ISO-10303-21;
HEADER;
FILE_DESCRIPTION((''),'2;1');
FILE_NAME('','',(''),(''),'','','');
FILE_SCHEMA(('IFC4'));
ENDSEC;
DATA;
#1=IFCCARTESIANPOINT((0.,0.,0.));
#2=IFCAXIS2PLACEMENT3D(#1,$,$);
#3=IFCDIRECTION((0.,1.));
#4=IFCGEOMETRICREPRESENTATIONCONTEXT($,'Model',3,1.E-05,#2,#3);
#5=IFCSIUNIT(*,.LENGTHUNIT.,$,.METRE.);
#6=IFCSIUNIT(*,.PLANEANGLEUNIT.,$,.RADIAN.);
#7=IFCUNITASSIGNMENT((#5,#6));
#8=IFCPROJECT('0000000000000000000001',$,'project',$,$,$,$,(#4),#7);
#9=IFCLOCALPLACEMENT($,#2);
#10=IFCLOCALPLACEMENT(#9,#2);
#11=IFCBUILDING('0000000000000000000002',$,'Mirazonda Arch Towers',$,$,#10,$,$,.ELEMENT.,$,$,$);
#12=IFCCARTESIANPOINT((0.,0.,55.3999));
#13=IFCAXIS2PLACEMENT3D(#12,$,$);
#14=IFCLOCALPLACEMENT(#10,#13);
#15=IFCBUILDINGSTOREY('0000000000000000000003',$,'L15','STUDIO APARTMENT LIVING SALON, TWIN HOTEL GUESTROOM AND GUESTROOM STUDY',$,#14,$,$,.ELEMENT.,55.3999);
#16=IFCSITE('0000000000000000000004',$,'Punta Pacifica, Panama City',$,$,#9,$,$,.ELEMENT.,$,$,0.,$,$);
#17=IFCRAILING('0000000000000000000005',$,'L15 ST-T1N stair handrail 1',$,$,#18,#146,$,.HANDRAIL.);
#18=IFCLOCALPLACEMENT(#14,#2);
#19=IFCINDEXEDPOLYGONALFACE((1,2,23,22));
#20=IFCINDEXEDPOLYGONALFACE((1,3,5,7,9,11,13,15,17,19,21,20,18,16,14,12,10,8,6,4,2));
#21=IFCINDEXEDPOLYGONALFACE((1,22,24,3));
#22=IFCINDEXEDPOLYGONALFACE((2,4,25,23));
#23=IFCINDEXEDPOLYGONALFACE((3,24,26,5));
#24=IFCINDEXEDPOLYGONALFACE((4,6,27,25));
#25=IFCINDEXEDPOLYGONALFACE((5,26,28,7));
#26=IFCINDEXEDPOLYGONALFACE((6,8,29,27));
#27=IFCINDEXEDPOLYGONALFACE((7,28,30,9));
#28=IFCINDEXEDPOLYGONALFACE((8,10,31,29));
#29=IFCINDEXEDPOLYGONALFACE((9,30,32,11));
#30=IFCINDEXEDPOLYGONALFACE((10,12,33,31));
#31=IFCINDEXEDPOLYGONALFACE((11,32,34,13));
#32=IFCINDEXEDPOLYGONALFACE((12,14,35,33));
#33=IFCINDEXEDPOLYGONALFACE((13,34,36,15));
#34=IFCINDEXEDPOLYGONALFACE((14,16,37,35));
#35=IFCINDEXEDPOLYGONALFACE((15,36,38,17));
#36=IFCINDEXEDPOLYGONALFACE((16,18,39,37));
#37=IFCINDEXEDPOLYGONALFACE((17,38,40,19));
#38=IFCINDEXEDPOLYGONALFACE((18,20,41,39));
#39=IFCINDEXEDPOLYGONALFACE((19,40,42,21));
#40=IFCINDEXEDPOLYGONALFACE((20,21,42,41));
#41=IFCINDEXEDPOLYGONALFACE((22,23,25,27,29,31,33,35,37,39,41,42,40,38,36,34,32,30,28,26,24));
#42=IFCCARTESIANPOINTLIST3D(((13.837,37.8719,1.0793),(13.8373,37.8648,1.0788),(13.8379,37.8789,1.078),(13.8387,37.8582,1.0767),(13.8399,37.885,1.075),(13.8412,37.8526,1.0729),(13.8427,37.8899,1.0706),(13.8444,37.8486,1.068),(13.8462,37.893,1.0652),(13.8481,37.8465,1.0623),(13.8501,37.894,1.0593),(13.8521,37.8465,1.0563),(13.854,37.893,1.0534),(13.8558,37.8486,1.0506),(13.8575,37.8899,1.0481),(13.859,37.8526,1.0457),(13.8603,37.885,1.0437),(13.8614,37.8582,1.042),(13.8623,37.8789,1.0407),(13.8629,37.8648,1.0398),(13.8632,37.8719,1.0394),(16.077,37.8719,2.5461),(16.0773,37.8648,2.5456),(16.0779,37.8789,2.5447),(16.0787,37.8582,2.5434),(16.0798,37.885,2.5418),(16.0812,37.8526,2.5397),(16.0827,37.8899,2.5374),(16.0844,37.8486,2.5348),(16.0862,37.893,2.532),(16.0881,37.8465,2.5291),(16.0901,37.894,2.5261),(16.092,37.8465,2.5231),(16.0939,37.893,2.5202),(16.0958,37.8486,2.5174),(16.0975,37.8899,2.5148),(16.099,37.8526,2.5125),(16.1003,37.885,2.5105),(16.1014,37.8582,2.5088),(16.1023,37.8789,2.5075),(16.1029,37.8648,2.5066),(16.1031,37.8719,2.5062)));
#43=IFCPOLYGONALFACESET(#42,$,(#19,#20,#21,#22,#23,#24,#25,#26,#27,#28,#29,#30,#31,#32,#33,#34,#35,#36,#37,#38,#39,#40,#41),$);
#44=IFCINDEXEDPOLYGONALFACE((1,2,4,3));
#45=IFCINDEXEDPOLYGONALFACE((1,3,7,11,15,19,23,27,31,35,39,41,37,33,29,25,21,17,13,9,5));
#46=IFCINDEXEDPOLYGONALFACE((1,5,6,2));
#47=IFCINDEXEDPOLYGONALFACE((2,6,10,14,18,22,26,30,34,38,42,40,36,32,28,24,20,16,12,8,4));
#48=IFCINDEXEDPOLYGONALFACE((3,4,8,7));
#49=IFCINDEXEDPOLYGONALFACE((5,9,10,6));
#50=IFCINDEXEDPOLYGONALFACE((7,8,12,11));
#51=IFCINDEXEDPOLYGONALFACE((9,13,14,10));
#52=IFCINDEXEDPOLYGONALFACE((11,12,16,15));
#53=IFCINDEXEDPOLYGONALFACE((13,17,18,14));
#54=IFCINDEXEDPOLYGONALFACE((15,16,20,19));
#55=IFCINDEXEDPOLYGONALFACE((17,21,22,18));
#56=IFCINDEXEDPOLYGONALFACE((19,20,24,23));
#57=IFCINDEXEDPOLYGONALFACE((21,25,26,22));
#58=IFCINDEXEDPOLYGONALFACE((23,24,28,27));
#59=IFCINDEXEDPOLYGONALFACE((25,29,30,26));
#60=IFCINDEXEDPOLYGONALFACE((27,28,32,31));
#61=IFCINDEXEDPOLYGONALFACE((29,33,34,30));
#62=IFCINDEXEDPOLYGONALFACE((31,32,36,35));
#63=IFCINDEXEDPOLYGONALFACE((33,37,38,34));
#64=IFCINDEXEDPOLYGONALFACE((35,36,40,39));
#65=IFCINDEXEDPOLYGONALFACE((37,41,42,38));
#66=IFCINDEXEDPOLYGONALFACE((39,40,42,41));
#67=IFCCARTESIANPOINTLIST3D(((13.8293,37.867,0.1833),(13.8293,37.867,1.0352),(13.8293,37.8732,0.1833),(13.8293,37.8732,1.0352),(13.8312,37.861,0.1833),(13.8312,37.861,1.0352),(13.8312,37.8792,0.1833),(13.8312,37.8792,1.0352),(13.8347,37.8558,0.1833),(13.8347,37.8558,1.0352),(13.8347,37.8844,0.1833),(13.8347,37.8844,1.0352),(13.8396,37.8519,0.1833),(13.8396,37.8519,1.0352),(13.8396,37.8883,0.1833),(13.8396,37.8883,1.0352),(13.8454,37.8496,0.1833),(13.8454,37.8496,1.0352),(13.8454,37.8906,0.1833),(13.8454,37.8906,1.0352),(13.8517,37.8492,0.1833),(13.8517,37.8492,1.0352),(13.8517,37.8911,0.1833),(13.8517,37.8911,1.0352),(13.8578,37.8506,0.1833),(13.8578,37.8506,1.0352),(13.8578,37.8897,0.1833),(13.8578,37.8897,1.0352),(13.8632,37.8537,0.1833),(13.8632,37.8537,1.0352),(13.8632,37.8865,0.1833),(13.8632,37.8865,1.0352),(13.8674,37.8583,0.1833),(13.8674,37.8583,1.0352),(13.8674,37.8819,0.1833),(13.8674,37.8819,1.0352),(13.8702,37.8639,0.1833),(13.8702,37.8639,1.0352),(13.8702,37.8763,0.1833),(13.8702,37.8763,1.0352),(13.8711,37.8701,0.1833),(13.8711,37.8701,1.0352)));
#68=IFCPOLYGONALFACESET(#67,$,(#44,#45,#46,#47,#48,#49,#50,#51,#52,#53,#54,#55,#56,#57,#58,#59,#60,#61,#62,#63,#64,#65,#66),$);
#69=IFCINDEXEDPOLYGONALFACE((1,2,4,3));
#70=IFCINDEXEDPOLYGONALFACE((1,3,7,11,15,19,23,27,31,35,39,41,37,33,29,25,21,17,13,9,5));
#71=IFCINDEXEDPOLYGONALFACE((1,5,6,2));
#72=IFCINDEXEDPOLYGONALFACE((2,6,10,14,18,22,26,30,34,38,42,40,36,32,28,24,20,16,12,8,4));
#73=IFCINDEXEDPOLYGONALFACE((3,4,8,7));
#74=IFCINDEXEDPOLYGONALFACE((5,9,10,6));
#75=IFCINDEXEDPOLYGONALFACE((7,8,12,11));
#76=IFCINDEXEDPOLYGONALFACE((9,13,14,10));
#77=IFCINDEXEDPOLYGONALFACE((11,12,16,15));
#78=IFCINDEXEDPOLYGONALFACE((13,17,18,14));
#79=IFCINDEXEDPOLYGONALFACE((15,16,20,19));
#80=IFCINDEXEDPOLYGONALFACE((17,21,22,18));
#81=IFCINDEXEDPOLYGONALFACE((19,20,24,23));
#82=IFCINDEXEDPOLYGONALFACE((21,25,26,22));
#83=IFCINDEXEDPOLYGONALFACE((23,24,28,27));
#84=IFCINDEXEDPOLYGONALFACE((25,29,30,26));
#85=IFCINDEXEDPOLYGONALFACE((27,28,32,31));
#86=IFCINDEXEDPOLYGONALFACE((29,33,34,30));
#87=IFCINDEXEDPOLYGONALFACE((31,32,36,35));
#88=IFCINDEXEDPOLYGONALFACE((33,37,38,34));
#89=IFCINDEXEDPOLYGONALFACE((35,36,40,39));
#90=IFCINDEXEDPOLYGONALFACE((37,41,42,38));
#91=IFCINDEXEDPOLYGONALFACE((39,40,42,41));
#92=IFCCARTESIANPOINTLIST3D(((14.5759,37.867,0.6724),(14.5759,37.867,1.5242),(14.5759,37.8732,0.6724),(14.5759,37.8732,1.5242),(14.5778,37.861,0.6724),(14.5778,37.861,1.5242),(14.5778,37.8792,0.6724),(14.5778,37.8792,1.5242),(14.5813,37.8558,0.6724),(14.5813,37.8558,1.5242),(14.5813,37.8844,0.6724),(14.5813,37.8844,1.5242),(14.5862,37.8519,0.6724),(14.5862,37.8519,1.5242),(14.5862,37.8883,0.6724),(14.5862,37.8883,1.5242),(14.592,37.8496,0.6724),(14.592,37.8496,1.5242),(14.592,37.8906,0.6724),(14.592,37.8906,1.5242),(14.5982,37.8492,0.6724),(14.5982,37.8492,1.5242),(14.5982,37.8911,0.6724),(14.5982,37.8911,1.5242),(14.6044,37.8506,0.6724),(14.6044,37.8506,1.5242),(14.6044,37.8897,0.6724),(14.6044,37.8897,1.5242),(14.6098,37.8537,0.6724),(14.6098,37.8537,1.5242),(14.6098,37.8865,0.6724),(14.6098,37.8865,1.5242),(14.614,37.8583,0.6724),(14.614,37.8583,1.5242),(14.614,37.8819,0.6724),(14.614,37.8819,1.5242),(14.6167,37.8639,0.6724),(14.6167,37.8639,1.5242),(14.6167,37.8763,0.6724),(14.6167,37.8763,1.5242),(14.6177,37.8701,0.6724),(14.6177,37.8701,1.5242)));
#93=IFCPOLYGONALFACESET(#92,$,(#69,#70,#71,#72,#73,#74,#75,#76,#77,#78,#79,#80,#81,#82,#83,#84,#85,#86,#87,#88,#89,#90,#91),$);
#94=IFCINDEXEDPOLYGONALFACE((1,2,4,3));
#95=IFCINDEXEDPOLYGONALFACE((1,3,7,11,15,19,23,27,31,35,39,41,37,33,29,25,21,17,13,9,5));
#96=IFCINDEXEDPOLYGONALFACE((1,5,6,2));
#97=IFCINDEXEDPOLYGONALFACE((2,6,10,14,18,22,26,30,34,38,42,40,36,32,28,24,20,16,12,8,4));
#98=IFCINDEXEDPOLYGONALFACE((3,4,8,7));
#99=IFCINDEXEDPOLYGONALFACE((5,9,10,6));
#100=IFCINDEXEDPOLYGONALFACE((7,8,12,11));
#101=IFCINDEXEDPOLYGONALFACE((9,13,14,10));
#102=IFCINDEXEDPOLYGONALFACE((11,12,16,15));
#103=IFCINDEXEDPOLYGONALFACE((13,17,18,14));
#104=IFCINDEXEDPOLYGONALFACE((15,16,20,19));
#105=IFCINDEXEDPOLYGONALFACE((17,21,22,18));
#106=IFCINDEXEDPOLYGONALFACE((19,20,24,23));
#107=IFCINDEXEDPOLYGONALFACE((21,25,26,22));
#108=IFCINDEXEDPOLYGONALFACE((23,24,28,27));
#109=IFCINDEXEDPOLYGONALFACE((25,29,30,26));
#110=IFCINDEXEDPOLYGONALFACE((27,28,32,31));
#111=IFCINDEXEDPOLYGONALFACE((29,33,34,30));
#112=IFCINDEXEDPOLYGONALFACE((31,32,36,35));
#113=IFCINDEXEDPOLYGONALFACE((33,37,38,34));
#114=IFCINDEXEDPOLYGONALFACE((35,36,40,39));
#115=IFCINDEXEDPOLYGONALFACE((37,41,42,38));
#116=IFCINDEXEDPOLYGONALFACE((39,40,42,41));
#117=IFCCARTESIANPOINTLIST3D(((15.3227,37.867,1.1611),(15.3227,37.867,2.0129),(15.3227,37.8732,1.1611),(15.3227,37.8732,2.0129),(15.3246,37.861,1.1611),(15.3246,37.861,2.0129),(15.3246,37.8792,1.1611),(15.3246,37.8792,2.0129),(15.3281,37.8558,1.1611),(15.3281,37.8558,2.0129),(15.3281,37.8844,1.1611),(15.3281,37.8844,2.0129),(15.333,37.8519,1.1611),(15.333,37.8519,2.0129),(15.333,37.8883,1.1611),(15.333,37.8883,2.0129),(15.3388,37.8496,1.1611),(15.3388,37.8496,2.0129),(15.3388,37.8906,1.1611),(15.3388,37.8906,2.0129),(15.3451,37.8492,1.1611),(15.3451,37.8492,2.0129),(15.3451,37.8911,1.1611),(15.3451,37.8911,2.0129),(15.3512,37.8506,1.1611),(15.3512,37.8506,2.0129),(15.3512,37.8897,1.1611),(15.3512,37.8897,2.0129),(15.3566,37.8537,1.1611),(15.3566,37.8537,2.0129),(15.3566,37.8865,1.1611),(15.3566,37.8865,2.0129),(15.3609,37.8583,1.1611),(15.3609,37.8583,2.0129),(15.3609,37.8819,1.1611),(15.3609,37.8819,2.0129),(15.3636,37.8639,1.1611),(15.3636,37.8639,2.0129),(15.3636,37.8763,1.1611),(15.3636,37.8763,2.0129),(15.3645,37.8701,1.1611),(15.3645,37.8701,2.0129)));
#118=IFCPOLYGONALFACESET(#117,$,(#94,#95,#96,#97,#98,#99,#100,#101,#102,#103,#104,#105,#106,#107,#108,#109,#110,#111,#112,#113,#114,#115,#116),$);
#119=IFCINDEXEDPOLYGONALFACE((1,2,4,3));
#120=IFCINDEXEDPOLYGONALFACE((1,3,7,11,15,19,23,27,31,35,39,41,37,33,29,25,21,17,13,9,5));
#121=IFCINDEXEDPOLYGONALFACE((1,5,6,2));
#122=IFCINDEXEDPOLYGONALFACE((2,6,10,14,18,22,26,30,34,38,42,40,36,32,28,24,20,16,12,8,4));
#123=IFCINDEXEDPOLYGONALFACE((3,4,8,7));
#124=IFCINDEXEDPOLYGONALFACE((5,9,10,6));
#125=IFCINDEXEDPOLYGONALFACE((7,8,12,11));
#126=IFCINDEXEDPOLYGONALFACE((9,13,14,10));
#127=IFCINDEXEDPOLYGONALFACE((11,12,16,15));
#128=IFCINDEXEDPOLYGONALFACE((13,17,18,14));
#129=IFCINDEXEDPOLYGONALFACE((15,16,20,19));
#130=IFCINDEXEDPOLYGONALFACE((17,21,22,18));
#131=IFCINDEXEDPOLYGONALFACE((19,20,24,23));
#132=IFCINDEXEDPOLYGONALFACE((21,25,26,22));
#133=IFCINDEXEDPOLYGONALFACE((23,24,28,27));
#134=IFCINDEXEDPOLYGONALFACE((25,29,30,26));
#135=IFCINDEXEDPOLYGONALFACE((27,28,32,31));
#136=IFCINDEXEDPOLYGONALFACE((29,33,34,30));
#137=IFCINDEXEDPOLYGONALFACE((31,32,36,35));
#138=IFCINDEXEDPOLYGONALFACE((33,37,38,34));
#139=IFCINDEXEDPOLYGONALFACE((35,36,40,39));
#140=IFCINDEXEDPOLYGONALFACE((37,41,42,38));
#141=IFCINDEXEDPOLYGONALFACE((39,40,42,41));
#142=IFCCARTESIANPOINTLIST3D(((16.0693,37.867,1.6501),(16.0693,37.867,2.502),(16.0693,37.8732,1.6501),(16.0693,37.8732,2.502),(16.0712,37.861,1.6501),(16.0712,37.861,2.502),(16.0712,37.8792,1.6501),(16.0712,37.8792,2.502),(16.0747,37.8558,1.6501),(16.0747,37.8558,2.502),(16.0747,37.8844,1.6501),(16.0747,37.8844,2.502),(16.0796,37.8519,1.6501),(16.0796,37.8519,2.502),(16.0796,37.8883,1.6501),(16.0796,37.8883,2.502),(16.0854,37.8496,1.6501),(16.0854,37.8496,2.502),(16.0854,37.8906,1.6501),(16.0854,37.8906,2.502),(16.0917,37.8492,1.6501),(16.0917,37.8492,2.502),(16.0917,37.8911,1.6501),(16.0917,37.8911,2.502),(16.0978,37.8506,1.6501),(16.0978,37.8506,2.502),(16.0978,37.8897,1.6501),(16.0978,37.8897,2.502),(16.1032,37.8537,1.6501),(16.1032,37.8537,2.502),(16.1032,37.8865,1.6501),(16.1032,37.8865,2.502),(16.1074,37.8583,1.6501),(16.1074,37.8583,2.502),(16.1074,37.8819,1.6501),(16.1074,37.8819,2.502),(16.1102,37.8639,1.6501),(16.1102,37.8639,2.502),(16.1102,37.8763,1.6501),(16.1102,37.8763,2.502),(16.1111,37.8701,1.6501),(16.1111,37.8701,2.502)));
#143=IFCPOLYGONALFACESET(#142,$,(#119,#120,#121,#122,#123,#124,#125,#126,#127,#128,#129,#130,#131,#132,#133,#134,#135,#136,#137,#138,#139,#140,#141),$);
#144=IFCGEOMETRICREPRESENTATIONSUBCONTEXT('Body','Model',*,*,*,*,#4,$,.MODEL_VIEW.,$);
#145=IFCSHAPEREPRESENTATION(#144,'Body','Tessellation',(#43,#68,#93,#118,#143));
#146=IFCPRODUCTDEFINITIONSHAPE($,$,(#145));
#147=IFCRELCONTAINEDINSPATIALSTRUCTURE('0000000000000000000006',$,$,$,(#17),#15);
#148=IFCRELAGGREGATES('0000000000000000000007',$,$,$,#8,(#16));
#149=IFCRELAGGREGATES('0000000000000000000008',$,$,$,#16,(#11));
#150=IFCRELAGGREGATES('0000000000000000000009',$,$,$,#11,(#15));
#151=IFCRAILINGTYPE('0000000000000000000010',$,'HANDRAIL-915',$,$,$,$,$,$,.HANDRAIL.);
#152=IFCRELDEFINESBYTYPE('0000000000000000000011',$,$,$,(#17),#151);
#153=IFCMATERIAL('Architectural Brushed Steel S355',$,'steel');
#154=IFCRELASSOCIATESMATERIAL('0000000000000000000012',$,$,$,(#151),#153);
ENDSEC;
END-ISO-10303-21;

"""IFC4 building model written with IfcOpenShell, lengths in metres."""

from ifc_helpers import new_model, si_unit, direction, frame, origin, origin_2d, place, context, subcontext, project, spatial, circle, extrude, material, type_object, element, save


model = new_model("IFC4")

# Units and contexts
model_context = context("Model", 3, precision=1e-05, world=origin(), true_north=direction((0.0, 1.0)))
body_context = subcontext(model_context, "Body", "Model", "MODEL_VIEW")
ifc_project = project(units=[si_unit("LENGTHUNIT", "METRE"), si_unit("PLANEANGLEUNIT", "RADIAN")], contexts=[model_context])

# Site, building, storey
site_placement = place(None, origin())
site = spatial("IfcSite", under=ifc_project, at=site_placement, Name="Punta Pacifica, Panama City", CompositionType="ELEMENT", RefElevation=0.0)
building_placement = place(site_placement, origin())
building = spatial("IfcBuilding", under=site, at=building_placement, Name="Mirazonda Arch Towers", CompositionType="ELEMENT")
storey_placement = place(building_placement, frame((0.0, 0.0, 55.3999)))
storey = spatial("IfcBuildingStorey", under=building, at=storey_placement, Name="L15", Description="STUDIO APARTMENT LIVING SALON, TWIN HOTEL GUESTROOM AND GUESTROOM STUDY", CompositionType="ELEMENT", Elevation=55.3999)

# Shared definitions
ifc_material_1 = material(Name="Architectural Brushed Steel S355", Category="steel")

# Railing
railing_type_1 = type_object("IfcRailingType", Name="HANDRAIL-915", PredefinedType="HANDRAIL", material=ifc_material_1)
railing_1_placement = place(storey_placement, frame((13.8501, 37.8701, 0.1833)))
element("IfcRailing", 1, at=railing_1_placement, inside=storey, type_object=railing_type_1, Name="L15 ST-T1N stair handrail 1", PredefinedType="HANDRAIL", context=body_context, shape_type="SweptSolid", body=[
    extrude(circle(Radius=0.0239, at=origin_2d()), frame((0.0, 0.0, 0.876), z_axis=(0.836595, 0.0, 0.547822), x_axis=(0.0, 1.0, 0.0)), (0.0, 0.0, 1.0), 2.6775),
    extrude(circle(Radius=0.021, at=origin_2d()), origin(), (0.0, 0.0, 1.0), 0.8518),
    extrude(circle(Radius=0.021, at=origin_2d()), frame((0.7466, 0.0, 0.489)), (0.0, 0.0, 1.0), 0.8518),
    extrude(circle(Radius=0.021, at=origin_2d()), frame((1.4934, 0.0, 0.9778)), (0.0, 0.0, 1.0), 0.8518),
    extrude(circle(Radius=0.021, at=origin_2d()), frame((2.24, 0.0, 1.4668)), (0.0, 0.0, 1.0), 0.8518),
])

save(model, "model.ifc")
